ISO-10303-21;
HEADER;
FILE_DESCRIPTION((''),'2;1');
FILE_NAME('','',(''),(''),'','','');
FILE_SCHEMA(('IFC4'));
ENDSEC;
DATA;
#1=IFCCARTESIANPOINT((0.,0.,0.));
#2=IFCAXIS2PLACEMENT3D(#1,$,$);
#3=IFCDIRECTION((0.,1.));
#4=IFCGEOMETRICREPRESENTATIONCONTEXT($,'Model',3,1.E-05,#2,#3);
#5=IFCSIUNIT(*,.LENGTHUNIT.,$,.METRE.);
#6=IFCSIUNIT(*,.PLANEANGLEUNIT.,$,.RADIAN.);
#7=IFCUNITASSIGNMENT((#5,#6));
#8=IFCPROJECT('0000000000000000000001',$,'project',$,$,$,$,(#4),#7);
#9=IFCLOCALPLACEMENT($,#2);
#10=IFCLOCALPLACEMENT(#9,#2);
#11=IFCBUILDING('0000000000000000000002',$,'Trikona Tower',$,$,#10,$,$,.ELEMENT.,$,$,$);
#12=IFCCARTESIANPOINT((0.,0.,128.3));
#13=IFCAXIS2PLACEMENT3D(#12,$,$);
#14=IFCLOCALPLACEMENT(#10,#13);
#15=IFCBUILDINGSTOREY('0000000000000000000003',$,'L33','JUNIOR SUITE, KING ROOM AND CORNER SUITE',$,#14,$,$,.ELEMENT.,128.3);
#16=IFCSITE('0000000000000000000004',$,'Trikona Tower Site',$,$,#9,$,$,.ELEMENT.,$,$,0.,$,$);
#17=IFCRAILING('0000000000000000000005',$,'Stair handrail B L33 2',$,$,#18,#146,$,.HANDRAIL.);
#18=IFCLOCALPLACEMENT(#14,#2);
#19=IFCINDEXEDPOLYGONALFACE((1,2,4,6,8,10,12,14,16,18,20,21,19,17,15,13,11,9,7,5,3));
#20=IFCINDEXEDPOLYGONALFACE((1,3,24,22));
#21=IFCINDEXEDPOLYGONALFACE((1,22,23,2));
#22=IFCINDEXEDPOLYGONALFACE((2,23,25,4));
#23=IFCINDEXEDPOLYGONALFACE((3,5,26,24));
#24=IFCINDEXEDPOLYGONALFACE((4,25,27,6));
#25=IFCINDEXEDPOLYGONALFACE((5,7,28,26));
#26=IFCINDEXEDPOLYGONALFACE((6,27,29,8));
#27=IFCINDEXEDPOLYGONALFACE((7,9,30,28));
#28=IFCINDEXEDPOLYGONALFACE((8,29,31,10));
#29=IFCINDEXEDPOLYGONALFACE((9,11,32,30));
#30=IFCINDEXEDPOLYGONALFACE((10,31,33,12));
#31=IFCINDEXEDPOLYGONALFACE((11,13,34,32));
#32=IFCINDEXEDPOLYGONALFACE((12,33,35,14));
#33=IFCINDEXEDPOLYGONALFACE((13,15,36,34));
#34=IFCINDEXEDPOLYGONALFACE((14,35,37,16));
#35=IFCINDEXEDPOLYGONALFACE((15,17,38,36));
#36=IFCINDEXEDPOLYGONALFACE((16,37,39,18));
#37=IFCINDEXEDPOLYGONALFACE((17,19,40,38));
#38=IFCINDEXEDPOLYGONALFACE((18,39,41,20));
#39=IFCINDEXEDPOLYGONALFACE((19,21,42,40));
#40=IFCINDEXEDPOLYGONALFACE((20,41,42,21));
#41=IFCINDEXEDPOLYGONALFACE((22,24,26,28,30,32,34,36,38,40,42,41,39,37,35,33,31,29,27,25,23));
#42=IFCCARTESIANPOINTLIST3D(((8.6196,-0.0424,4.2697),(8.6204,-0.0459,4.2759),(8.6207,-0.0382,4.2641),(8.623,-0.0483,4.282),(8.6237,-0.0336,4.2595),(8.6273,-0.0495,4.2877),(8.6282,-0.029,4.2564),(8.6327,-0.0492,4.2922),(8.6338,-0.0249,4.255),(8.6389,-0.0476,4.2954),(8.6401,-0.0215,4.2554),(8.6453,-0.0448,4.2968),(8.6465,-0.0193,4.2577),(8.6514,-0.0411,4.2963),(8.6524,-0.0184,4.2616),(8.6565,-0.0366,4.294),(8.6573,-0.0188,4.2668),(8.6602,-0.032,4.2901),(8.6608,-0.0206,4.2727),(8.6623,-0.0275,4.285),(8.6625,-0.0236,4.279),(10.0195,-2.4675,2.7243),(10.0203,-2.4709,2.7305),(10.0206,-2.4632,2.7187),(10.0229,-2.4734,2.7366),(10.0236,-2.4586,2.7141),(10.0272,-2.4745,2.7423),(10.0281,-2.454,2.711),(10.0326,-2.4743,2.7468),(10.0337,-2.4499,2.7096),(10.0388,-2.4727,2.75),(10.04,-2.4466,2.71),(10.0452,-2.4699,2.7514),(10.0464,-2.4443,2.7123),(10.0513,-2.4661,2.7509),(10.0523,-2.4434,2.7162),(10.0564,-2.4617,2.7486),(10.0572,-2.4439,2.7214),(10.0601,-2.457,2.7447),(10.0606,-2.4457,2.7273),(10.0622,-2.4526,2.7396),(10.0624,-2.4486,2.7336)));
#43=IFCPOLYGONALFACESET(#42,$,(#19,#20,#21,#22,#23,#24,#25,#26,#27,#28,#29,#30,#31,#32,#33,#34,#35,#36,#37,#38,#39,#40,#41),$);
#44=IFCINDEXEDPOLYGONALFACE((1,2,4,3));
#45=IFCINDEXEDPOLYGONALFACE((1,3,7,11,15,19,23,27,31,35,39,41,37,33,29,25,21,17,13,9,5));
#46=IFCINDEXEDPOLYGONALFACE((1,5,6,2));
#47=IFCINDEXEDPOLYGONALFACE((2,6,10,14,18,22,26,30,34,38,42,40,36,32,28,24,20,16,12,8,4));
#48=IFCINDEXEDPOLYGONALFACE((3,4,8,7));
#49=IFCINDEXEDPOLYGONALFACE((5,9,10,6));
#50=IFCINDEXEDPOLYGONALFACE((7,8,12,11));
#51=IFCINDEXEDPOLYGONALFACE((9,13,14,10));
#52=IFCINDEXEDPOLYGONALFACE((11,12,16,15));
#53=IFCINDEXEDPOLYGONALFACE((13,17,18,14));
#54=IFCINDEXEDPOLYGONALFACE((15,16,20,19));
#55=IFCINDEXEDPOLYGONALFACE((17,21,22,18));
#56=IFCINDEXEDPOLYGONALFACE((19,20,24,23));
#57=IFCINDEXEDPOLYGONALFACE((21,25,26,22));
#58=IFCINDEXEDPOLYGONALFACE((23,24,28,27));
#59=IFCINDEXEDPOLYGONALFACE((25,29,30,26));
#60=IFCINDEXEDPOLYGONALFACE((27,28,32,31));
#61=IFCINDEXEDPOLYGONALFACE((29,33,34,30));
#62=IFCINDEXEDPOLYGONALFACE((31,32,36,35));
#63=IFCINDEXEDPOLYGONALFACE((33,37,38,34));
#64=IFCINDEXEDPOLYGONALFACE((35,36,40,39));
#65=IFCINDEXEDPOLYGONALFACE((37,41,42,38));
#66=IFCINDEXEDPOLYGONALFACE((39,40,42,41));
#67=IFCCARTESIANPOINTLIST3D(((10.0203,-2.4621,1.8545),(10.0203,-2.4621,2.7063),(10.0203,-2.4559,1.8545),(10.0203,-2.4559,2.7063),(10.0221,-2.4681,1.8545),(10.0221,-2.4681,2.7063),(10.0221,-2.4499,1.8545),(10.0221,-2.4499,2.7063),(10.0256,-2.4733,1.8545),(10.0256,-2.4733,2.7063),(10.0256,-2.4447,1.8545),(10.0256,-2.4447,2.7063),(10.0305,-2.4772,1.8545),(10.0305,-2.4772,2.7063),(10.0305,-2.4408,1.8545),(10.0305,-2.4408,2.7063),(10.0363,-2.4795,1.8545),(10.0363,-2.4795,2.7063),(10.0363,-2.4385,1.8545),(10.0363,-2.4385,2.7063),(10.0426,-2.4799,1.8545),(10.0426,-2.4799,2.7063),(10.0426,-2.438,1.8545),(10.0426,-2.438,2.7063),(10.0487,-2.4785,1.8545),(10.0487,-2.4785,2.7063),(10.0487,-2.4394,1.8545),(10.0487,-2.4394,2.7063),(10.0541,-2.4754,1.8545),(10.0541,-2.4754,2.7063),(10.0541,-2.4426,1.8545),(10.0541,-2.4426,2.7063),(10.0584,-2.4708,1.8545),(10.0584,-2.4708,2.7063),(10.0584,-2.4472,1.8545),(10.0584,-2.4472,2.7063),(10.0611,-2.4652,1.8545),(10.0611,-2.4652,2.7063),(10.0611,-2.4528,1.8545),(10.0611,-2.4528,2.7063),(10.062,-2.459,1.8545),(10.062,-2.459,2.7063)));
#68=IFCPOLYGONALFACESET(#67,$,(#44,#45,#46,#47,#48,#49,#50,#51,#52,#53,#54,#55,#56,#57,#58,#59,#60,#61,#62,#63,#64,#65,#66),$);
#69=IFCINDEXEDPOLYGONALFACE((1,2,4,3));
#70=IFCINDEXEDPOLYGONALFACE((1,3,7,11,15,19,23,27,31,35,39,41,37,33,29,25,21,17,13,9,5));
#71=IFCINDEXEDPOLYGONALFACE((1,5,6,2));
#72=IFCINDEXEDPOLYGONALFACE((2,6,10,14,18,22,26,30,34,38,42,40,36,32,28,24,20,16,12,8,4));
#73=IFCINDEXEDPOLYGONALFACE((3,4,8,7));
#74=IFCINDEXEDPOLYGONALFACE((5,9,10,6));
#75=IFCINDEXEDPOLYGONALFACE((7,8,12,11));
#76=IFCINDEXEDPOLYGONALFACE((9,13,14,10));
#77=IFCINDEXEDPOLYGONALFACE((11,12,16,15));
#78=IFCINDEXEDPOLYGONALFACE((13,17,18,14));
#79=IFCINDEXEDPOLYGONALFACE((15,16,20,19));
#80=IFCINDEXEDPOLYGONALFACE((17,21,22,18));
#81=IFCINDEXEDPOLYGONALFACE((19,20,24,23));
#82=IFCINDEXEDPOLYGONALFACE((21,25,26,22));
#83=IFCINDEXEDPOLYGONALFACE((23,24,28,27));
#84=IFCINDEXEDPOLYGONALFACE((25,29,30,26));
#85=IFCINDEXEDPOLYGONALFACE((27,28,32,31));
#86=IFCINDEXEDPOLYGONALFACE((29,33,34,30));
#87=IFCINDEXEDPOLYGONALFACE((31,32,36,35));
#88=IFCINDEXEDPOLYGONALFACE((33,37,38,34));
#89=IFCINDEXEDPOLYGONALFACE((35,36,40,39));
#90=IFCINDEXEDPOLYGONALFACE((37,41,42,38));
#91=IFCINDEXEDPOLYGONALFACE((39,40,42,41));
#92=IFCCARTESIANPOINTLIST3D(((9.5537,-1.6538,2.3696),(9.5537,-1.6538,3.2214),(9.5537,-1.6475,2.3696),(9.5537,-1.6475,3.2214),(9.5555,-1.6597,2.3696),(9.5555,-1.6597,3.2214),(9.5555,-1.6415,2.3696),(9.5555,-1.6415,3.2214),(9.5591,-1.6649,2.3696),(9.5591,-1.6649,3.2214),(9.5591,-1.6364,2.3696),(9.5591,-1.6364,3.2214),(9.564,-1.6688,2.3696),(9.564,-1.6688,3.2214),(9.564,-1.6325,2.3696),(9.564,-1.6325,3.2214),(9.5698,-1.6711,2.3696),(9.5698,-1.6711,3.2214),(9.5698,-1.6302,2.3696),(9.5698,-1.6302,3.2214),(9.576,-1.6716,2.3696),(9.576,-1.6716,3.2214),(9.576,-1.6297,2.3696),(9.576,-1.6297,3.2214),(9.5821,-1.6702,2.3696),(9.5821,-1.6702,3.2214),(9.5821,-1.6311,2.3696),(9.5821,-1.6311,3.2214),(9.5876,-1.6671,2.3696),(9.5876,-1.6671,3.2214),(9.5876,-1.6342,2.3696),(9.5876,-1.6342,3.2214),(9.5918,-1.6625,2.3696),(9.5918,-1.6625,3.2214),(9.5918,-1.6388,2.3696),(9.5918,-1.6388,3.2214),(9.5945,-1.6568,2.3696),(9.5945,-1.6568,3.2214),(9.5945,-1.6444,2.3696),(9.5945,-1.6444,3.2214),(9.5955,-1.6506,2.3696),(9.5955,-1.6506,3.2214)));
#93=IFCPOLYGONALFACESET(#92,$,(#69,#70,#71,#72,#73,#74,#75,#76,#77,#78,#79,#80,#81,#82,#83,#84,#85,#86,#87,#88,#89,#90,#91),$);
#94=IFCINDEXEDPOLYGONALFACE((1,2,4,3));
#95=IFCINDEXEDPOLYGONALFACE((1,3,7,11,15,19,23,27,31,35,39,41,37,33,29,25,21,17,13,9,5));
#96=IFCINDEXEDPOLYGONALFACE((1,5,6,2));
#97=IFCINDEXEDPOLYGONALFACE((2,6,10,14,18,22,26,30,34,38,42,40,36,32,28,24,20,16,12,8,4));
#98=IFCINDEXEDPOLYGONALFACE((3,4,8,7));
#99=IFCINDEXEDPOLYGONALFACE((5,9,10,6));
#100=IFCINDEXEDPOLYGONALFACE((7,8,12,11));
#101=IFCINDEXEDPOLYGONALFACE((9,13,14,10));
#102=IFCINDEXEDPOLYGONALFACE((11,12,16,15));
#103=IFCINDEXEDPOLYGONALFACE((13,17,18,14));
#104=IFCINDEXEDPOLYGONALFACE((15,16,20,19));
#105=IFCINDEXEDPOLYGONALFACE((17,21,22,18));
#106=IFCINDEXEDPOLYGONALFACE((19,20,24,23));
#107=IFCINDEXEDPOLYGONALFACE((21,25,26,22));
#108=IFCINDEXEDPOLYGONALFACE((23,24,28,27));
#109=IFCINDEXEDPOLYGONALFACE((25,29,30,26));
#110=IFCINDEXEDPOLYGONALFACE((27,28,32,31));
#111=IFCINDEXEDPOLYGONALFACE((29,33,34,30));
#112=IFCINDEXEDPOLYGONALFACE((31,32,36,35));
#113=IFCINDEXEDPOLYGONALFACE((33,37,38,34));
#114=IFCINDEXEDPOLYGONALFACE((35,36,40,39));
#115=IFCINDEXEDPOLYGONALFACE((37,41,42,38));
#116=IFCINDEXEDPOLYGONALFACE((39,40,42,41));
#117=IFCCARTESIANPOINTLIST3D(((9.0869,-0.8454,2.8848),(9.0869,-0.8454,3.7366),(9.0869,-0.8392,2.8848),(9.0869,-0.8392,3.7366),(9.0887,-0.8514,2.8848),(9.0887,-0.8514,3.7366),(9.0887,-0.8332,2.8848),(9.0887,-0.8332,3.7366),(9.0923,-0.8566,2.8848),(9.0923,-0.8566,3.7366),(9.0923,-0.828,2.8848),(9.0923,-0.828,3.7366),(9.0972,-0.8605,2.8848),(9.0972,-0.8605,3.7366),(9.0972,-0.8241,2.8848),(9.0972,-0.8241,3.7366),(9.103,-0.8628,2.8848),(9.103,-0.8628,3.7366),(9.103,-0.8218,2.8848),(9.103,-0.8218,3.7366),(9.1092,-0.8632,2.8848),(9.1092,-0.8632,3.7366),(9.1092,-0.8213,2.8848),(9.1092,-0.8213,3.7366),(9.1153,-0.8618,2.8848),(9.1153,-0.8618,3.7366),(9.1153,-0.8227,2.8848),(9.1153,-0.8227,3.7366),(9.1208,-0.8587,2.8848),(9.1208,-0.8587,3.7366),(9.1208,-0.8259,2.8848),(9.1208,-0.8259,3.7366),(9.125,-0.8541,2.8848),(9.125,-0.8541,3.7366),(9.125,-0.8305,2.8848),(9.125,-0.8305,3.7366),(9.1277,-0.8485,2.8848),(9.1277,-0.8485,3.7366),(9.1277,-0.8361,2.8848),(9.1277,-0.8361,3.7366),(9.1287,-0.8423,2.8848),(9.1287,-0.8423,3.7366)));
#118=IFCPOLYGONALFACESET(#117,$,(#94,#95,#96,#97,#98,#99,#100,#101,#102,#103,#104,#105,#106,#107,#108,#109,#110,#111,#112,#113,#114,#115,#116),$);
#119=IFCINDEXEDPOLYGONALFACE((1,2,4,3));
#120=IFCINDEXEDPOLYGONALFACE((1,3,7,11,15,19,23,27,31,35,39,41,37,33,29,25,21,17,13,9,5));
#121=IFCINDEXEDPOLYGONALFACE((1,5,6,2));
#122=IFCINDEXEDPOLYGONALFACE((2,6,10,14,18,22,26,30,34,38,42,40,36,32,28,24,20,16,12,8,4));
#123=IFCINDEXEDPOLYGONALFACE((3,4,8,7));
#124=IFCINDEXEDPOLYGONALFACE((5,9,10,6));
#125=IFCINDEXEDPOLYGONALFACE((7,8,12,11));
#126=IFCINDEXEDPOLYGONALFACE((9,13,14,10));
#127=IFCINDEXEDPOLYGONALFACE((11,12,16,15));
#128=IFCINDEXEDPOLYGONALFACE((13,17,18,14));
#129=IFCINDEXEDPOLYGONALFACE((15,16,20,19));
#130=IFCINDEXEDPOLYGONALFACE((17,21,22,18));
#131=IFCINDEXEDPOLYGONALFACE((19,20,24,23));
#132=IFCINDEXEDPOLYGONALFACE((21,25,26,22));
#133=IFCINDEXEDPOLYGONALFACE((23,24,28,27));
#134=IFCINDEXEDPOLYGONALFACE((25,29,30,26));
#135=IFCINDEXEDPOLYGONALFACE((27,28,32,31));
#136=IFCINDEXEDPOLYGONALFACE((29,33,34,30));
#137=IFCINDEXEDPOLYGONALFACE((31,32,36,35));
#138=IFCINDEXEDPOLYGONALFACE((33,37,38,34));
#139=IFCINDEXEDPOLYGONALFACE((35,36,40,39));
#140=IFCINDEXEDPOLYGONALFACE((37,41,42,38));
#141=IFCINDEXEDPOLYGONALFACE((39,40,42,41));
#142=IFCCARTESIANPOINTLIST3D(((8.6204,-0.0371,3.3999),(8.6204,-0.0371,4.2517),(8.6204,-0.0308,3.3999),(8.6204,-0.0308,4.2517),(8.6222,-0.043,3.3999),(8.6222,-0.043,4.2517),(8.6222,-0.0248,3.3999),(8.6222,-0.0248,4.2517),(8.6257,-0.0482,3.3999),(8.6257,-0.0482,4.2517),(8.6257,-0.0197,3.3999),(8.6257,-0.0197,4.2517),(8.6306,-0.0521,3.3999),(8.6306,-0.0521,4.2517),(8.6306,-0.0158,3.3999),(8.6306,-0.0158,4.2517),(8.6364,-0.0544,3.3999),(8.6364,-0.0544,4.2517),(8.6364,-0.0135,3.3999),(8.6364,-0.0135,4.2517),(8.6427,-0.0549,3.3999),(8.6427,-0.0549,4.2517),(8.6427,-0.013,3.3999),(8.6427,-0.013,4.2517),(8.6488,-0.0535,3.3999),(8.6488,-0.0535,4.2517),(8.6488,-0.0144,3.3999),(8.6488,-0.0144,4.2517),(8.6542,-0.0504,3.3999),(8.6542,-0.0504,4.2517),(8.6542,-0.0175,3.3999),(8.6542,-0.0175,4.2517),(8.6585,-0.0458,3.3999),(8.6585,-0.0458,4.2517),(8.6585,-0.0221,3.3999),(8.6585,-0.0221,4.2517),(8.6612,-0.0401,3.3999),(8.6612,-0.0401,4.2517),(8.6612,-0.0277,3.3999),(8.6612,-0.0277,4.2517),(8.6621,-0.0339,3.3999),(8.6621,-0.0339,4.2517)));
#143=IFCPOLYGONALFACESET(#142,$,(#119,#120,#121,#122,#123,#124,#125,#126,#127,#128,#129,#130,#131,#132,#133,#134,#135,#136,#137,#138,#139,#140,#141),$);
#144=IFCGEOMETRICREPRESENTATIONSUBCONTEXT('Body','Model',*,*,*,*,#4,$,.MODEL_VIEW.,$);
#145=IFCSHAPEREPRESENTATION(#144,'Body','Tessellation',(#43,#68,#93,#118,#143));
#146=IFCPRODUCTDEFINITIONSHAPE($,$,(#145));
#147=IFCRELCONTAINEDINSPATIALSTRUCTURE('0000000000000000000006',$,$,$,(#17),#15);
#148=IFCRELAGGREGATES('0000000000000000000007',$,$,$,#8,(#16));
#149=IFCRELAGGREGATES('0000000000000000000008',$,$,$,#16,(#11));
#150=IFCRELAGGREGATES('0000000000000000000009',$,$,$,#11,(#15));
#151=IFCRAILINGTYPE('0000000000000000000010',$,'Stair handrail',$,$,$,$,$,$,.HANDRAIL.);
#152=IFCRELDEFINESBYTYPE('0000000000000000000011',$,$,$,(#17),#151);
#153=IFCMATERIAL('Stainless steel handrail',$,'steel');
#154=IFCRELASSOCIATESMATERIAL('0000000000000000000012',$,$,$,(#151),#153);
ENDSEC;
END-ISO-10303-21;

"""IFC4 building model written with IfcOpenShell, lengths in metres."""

from ifc_helpers import new_model, si_unit, direction, frame, origin, origin_2d, place, context, subcontext, project, spatial, circle, extrude, material, type_object, element, save


model = new_model("IFC4")

# Units and contexts
model_context = context("Model", 3, precision=1e-05, world=origin(), true_north=direction((0.0, 1.0)))
body_context = subcontext(model_context, "Body", "Model", "MODEL_VIEW")
ifc_project = project(units=[si_unit("LENGTHUNIT", "METRE"), si_unit("PLANEANGLEUNIT", "RADIAN")], contexts=[model_context])

# Site, building, storey
site_placement = place(None, origin())
site = spatial("IfcSite", under=ifc_project, at=site_placement, Name="Trikona Tower Site", CompositionType="ELEMENT", RefElevation=0.0)
building_placement = place(site_placement, origin())
building = spatial("IfcBuilding", under=site, at=building_placement, Name="Trikona Tower", CompositionType="ELEMENT")
storey_placement = place(building_placement, frame((0.0, 0.0, 128.3)))
storey = spatial("IfcBuildingStorey", under=building, at=storey_placement, Name="L33", Description="JUNIOR SUITE, KING ROOM AND CORNER SUITE", CompositionType="ELEMENT", Elevation=128.3)

# Railing
ifc_material_1 = material(Name="Stainless steel handrail", Category="steel")
railing_type = type_object("IfcRailingType", Name="Stair handrail", PredefinedType="HANDRAIL", material=ifc_material_1)
railing_placement = place(storey_placement, frame((10.041, -2.459, 1.8545)))
element("IfcRailing", 1, at=railing_placement, inside=storey, type_object=railing_type, Name="Stair handrail B L33 2", PredefinedType="HANDRAIL", context=body_context, shape_type="SweptSolid", body=[
    extrude(circle(Radius=0.0239, at=origin_2d()), frame((0.0, 0.0, 0.876), z_axis=(-0.437707, 0.75824, 0.483203), x_axis=(-0.866056, -0.499946, 0.0)), (0.0, 0.0, 1.0), 3.1982),
    extrude(circle(Radius=0.021, at=origin_2d()), origin(), (0.0, 0.0, 1.0), 0.8518),
    extrude(circle(Radius=0.021, at=origin_2d()), frame((-0.4666, 0.8083, 0.5151)), (0.0, 0.0, 1.0), 0.8518),
    extrude(circle(Radius=0.021, at=origin_2d()), frame((-0.9333, 1.6167, 1.0303)), (0.0, 0.0, 1.0), 0.8518),
    extrude(circle(Radius=0.021, at=origin_2d()), frame((-1.3999, 2.425, 1.5454)), (0.0, 0.0, 1.0), 0.8518),
])

save(model, "model.ifc")
